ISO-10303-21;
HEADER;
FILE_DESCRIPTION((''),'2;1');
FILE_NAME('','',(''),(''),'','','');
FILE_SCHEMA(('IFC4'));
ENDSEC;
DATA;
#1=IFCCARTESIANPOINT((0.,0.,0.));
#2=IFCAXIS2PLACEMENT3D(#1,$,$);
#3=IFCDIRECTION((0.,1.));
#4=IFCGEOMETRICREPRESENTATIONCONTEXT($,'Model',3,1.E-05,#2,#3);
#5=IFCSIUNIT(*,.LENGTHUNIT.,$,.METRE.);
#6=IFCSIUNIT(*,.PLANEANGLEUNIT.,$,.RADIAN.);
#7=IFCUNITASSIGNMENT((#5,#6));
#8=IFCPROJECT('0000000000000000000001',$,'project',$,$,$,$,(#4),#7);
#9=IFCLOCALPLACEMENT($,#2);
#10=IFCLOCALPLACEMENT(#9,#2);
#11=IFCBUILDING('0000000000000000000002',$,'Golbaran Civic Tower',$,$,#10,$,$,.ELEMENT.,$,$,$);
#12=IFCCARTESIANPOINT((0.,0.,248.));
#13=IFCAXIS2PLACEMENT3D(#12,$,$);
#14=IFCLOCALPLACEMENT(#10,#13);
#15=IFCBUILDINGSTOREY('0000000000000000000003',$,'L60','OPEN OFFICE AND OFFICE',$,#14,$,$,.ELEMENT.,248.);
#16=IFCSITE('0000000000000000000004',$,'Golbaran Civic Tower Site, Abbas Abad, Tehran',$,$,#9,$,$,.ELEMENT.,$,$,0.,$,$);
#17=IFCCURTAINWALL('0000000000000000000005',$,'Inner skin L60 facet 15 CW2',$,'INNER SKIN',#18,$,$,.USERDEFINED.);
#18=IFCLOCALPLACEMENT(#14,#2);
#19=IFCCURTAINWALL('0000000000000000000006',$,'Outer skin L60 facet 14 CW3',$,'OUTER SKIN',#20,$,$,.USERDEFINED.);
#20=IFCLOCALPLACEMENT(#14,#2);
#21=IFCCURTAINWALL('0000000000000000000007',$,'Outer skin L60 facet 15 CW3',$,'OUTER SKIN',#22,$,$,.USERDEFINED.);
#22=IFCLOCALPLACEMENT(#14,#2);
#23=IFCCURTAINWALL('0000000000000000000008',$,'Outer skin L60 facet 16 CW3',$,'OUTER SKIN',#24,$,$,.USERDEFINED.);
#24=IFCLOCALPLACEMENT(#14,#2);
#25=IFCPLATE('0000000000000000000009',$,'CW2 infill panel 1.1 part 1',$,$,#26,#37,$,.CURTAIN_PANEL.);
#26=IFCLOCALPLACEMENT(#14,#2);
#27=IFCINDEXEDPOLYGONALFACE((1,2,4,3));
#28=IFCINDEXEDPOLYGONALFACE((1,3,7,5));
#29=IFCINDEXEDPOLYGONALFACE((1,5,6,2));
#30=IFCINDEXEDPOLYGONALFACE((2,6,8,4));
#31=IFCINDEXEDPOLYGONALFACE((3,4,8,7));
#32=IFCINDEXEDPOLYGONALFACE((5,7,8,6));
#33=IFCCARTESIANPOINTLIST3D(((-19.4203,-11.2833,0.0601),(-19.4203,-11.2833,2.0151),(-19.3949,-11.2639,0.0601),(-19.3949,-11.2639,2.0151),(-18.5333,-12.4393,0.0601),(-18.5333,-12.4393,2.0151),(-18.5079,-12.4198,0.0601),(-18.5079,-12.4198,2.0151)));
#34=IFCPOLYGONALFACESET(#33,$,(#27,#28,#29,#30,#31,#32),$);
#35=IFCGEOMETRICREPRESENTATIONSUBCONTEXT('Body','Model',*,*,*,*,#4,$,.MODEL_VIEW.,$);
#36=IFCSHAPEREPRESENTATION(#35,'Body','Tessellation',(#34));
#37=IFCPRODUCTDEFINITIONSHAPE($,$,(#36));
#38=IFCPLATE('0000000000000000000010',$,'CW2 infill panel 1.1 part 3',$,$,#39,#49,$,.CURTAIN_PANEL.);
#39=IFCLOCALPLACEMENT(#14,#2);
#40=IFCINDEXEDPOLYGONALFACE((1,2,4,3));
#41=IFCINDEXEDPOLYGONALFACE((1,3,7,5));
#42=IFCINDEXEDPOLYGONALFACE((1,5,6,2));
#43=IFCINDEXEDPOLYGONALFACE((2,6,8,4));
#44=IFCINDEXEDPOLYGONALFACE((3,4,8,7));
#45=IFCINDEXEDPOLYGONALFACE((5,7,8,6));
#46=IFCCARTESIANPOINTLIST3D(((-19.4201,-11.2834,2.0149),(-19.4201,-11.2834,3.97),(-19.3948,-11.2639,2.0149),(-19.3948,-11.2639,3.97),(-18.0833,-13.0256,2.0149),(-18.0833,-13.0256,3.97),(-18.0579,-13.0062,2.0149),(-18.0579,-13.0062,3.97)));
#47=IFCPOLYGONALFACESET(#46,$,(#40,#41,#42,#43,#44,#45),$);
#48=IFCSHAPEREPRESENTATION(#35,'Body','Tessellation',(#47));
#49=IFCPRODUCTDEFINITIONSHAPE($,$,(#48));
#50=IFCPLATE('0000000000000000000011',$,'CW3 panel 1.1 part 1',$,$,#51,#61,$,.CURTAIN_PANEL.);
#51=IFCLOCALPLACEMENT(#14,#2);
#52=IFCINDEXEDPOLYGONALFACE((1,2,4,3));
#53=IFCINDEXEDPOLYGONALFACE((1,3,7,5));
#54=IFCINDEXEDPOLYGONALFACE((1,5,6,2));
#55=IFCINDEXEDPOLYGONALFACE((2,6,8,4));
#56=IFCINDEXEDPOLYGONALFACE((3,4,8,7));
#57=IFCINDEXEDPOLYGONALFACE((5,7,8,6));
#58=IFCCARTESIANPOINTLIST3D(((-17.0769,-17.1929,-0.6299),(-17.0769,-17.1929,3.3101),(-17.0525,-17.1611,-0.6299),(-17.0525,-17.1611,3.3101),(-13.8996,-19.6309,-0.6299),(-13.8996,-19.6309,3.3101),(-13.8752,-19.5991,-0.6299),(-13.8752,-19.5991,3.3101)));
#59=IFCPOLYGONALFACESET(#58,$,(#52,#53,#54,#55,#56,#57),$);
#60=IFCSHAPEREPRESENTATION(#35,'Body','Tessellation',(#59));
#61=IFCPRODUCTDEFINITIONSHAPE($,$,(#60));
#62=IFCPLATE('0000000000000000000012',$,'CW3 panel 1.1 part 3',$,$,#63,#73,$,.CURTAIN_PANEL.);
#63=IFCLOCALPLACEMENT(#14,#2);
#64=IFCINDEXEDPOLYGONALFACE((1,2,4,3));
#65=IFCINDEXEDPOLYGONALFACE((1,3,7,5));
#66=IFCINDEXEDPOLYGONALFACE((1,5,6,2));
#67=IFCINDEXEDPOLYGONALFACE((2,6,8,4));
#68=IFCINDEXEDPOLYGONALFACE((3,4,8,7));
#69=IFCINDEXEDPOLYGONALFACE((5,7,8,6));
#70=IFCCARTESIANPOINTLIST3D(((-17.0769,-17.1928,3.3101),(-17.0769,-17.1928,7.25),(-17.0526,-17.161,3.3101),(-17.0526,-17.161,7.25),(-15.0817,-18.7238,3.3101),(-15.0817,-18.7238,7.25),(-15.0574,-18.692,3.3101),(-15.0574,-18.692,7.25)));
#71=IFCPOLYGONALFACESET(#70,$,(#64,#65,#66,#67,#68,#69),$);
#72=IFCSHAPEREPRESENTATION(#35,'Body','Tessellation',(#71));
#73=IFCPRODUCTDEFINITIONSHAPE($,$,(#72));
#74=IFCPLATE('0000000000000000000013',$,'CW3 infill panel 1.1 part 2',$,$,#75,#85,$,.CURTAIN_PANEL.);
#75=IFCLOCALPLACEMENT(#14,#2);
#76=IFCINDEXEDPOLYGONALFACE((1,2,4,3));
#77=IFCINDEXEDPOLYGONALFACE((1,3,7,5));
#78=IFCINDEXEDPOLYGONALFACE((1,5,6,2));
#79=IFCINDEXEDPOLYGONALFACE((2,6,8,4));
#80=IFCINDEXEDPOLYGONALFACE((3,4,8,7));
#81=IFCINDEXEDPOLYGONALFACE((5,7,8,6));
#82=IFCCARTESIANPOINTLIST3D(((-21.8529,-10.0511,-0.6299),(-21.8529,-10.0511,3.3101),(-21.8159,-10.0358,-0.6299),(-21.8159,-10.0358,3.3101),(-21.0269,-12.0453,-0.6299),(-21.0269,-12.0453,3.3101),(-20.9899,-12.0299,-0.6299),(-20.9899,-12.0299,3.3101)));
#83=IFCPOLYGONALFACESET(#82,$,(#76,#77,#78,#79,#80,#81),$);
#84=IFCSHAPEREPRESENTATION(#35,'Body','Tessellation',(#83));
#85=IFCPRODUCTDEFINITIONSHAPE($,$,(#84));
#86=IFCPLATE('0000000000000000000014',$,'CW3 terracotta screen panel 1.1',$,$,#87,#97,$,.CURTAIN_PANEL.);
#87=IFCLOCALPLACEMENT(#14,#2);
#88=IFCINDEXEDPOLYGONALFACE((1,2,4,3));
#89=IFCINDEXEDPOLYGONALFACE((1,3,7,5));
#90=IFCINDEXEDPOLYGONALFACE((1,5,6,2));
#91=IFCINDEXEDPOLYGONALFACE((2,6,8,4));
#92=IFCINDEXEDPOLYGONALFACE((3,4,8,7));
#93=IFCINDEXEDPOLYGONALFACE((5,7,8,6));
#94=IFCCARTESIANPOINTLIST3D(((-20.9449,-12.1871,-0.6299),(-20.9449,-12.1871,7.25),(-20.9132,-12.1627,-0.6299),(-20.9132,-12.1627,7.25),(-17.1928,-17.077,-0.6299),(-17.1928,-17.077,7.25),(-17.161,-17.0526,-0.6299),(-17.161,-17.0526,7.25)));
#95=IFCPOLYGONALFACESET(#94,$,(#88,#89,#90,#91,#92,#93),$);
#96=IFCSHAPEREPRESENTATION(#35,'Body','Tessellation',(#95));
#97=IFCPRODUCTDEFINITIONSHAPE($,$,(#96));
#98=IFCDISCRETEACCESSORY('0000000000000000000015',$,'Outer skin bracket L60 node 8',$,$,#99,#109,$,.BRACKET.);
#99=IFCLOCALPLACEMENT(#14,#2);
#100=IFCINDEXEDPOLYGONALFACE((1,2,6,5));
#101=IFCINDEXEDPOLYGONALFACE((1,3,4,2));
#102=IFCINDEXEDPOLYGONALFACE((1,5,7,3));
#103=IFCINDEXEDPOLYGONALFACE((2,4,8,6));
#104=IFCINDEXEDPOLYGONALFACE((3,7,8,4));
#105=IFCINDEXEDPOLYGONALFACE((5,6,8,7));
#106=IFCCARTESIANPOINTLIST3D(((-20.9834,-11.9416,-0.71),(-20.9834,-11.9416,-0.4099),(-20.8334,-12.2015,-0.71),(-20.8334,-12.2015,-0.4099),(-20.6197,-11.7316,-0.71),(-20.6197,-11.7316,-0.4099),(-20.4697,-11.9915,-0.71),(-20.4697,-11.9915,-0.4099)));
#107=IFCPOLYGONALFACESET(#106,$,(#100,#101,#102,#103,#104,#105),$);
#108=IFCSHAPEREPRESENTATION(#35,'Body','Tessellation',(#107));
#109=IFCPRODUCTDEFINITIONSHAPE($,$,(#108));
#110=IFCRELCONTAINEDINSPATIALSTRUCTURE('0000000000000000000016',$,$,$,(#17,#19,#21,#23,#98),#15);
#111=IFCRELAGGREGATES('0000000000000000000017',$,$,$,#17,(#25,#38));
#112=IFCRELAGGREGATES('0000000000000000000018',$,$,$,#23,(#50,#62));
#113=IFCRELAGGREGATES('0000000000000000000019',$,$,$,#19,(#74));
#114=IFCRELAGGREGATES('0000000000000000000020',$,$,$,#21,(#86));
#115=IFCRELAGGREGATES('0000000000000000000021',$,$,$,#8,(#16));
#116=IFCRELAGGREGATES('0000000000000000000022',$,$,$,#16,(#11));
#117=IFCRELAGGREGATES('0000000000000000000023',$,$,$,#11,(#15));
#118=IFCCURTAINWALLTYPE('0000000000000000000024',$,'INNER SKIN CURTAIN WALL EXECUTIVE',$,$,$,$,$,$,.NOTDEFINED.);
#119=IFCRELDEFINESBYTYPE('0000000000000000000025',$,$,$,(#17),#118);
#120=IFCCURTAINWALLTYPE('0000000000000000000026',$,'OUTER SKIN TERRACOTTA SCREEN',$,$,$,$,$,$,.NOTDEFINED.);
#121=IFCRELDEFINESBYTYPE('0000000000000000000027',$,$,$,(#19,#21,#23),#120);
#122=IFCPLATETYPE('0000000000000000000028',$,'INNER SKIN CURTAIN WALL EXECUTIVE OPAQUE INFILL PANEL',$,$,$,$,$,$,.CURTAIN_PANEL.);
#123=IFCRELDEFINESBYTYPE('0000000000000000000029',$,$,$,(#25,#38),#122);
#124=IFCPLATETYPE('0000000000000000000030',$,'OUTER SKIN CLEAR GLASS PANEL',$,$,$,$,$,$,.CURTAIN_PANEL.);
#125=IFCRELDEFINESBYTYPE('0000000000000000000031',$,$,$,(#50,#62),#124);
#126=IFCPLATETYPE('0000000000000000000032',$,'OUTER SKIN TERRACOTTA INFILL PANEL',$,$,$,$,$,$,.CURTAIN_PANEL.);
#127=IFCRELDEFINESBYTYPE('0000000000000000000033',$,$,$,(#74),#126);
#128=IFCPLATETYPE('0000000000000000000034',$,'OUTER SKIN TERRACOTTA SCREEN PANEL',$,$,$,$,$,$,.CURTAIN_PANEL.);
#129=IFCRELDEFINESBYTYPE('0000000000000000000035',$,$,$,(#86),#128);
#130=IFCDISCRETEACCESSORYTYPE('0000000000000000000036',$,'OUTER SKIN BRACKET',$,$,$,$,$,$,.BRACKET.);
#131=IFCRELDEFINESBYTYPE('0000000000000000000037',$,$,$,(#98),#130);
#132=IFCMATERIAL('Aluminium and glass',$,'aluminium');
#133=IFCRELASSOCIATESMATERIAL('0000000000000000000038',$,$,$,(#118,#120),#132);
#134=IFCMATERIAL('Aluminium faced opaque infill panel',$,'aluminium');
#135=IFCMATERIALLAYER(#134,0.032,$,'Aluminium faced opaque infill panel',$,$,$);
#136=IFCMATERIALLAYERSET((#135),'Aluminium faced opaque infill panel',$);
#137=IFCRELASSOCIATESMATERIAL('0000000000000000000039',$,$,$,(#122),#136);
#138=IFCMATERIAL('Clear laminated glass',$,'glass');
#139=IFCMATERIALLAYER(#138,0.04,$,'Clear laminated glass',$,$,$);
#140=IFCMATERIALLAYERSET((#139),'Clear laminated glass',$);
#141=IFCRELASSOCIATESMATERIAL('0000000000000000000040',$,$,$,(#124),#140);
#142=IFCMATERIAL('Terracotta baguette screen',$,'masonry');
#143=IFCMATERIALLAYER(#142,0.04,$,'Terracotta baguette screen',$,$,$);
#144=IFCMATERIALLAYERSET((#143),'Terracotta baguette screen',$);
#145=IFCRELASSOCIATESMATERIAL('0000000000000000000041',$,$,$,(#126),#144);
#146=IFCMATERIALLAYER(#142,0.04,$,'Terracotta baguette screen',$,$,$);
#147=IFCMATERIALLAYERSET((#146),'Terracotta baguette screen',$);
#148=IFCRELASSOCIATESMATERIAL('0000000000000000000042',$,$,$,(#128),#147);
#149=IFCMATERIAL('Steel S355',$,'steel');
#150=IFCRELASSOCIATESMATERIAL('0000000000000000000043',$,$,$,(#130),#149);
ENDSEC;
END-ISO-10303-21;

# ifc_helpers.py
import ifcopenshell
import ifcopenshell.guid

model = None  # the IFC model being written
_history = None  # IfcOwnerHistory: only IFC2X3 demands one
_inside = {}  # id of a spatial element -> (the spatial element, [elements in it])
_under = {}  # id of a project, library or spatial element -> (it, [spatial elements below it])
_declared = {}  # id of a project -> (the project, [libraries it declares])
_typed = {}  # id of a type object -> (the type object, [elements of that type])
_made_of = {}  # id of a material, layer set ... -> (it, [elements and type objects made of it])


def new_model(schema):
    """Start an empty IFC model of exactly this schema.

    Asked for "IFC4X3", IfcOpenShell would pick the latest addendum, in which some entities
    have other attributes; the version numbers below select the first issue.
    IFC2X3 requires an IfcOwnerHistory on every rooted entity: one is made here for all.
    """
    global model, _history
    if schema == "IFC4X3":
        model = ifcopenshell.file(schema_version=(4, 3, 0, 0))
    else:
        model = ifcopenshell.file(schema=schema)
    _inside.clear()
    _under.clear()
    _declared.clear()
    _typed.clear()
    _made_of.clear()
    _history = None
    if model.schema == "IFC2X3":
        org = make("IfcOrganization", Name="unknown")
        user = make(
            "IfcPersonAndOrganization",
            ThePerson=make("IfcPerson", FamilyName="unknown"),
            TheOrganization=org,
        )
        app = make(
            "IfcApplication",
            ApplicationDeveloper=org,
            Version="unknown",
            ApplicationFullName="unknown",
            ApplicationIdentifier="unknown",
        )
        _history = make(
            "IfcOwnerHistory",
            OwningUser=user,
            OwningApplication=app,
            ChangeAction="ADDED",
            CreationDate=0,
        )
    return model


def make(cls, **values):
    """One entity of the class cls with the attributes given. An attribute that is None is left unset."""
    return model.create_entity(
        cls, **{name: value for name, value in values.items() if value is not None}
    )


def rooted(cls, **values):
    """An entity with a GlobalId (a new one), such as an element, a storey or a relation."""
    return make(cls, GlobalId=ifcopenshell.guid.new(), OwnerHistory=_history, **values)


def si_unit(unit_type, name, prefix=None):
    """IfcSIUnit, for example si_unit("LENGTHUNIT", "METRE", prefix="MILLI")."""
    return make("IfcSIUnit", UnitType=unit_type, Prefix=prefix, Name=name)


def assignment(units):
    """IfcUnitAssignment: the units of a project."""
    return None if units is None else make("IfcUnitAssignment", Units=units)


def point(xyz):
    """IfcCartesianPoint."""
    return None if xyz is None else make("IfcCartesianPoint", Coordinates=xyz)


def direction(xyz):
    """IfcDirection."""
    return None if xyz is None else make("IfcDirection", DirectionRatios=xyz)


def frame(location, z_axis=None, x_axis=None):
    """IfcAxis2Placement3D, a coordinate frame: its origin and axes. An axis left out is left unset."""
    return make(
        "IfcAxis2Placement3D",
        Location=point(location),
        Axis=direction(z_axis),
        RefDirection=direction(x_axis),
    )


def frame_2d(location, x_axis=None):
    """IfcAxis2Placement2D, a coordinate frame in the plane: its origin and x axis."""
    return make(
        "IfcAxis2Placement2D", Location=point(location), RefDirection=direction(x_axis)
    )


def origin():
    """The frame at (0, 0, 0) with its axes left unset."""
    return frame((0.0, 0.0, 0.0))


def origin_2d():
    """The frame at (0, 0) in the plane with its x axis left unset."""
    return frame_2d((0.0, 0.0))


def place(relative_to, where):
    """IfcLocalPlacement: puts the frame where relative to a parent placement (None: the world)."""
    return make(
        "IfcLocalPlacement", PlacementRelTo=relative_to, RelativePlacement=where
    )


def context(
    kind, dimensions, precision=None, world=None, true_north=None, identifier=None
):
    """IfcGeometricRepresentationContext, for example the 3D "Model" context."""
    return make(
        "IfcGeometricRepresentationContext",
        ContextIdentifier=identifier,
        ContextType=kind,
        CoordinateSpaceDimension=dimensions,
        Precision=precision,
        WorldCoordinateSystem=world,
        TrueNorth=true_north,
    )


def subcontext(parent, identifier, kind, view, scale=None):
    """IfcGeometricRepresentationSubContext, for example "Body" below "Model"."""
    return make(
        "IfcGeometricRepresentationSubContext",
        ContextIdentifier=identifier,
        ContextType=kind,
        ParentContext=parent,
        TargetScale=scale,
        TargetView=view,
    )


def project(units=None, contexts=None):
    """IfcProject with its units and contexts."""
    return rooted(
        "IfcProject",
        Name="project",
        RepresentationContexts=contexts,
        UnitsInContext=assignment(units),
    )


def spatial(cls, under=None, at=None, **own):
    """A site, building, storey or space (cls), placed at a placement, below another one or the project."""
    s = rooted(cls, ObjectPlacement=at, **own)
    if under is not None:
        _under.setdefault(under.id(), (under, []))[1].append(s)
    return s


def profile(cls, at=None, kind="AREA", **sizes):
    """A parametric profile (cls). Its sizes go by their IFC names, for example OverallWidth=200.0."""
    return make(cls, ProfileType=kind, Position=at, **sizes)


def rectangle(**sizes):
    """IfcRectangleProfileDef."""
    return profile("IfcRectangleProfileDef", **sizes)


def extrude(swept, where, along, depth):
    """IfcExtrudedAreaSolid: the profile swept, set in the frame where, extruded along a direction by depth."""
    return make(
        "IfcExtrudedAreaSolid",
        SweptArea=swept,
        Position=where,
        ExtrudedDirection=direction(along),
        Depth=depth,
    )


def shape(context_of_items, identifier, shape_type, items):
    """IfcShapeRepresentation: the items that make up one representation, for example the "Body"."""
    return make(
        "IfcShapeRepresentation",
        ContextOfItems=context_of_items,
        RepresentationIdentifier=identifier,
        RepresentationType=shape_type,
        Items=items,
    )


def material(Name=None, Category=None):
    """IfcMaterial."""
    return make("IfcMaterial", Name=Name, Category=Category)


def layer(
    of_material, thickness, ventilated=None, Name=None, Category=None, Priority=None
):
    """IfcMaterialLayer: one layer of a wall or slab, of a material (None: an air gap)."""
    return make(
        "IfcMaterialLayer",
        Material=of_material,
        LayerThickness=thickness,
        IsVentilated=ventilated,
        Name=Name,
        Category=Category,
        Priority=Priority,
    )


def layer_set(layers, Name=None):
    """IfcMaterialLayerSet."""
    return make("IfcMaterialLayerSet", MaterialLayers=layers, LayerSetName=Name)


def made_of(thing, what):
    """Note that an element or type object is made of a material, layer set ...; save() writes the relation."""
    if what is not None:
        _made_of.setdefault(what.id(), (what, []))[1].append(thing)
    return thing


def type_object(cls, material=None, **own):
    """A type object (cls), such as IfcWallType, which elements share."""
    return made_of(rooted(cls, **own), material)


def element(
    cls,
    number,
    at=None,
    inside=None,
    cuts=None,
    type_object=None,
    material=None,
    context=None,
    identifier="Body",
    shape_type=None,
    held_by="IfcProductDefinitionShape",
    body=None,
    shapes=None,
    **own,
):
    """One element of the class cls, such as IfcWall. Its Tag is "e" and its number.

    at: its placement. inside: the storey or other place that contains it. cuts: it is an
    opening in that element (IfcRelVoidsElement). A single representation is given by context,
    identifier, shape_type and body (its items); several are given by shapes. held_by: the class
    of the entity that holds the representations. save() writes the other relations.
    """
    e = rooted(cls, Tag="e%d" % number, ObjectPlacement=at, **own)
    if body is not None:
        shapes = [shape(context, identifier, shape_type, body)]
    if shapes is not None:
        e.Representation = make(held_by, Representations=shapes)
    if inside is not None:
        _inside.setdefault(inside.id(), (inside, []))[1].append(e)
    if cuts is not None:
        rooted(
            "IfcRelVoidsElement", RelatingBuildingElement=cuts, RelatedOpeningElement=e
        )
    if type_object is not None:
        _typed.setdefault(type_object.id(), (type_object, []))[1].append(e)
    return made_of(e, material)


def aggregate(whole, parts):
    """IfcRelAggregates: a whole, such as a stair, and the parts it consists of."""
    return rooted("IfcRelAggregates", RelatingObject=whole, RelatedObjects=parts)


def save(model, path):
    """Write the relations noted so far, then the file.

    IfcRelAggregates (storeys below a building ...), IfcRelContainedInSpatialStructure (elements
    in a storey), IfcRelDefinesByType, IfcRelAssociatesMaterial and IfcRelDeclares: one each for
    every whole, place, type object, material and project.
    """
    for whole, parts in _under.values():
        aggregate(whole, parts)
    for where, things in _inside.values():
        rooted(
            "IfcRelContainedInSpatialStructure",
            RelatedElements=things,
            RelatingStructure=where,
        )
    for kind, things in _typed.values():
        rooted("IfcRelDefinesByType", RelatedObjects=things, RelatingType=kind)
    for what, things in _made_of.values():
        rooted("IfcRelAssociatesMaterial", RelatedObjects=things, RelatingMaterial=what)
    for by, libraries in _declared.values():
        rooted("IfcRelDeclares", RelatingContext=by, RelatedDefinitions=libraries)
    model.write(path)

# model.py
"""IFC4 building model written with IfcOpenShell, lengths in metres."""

from ifc_helpers import new_model, si_unit, direction, frame, origin, origin_2d, place, context, subcontext, project, spatial, rectangle, extrude, material, layer, layer_set, type_object, element, aggregate, save


model = new_model("IFC4")

# Units and contexts
model_context = context("Model", 3, precision=1e-05, world=origin(), true_north=direction((0.0, 1.0)))
body_context = subcontext(model_context, "Body", "Model", "MODEL_VIEW")
ifc_project = project(units=[si_unit("LENGTHUNIT", "METRE"), si_unit("PLANEANGLEUNIT", "RADIAN")], contexts=[model_context])

# Site, building, storey
site_placement = place(None, origin())
site = spatial("IfcSite", under=ifc_project, at=site_placement, Name="Golbaran Civic Tower Site, Abbas Abad, Tehran", CompositionType="ELEMENT", RefElevation=0.0)
building_placement = place(site_placement, origin())
building = spatial("IfcBuilding", under=site, at=building_placement, Name="Golbaran Civic Tower", CompositionType="ELEMENT")
storey_placement = place(building_placement, frame((0.0, 0.0, 248.0)))
storey = spatial("IfcBuildingStorey", under=building, at=storey_placement, Name="L60", Description="OPEN OFFICE AND OFFICE", CompositionType="ELEMENT", Elevation=248.0)

# Shared definitions
ifc_material_1 = material(Name="Steel S355", Category="steel")

# Shared definitions
ifc_material_2 = material(Name="Aluminium and glass", Category="aluminium")
curtain_wall_type_1 = type_object("IfcCurtainWallType", Name="INNER SKIN CURTAIN WALL EXECUTIVE", PredefinedType="NOTDEFINED", material=ifc_material_2)

# Curtain wall
curtain_wall_1_placement = place(storey_placement, origin())
curtain_wall_1 = element("IfcCurtainWall", 1, at=curtain_wall_1_placement, inside=storey, type_object=curtain_wall_type_1, Name="Inner skin L60 facet 15 CW2", ObjectType="INNER SKIN", PredefinedType="USERDEFINED")

# Curtain wall
curtain_wall_type_2 = type_object("IfcCurtainWallType", Name="OUTER SKIN TERRACOTTA SCREEN", PredefinedType="NOTDEFINED", material=ifc_material_2)
curtain_wall_2_placement = place(storey_placement, origin())
curtain_wall_2 = element("IfcCurtainWall", 2, at=curtain_wall_2_placement, inside=storey, type_object=curtain_wall_type_2, Name="Outer skin L60 facet 14 CW3", ObjectType="OUTER SKIN", PredefinedType="USERDEFINED")

# Curtain wall
curtain_wall_3_placement = place(storey_placement, origin())
curtain_wall_3 = element("IfcCurtainWall", 3, at=curtain_wall_3_placement, inside=storey, type_object=curtain_wall_type_2, Name="Outer skin L60 facet 15 CW3", ObjectType="OUTER SKIN", PredefinedType="USERDEFINED")

# Curtain wall
curtain_wall_4_placement = place(storey_placement, origin())
curtain_wall_4 = element("IfcCurtainWall", 4, at=curtain_wall_4_placement, inside=storey, type_object=curtain_wall_type_2, Name="Outer skin L60 facet 16 CW3", ObjectType="OUTER SKIN", PredefinedType="USERDEFINED")

# Plates
ifc_material_3 = material(Name="Aluminium faced opaque infill panel", Category="aluminium")
ifc_layer_1 = layer(ifc_material_3, 0.032, Name="Aluminium faced opaque infill panel")
ifc_layer_set_1 = layer_set([ifc_layer_1], Name="Aluminium faced opaque infill panel")
plate_type_1 = type_object("IfcPlateType", Name="INNER SKIN CURTAIN WALL EXECUTIVE OPAQUE INFILL PANEL", PredefinedType="CURTAIN_PANEL", material=ifc_layer_set_1)
plate_1_placement = place(storey_placement, frame((-18.9641, -11.8516, 0.0601), z_axis=(0.0, 0.0, 1.0), x_axis=(0.608761, -0.793353, 0.0)))
plate_1 = element("IfcPlate", 5, at=plate_1_placement, type_object=plate_type_1, Name="CW2 infill panel 1.1 part 1", PredefinedType="CURTAIN_PANEL", context=body_context, shape_type="SweptSolid", body=[
    extrude(rectangle(XDim=1.457, YDim=0.032, at=origin_2d()), origin(), (0.0, 0.0, 1.0), 1.9551),
])
plate_2_placement = place(storey_placement, frame((-18.739, -12.1448, 2.0149), z_axis=(0.0, 0.0, 1.0), x_axis=(0.608761, -0.793353, 0.0)))
plate_2 = element("IfcPlate", 6, at=plate_2_placement, type_object=plate_type_1, Name="CW2 infill panel 1.1 part 3", PredefinedType="CURTAIN_PANEL", context=body_context, shape_type="SweptSolid", body=[
    extrude(rectangle(XDim=2.196, YDim=0.032, at=origin_2d()), origin(), (0.0, 0.0, 1.0), 1.9551),
])
aggregate(curtain_wall_1, [plate_1, plate_2])
ifc_material_4 = material(Name="Clear laminated glass", Category="glass")
ifc_layer_2 = layer(ifc_material_4, 0.04, Name="Clear laminated glass")
ifc_layer_set_2 = layer_set([ifc_layer_2], Name="Clear laminated glass")
plate_type_2 = type_object("IfcPlateType", Name="OUTER SKIN CLEAR GLASS PANEL", PredefinedType="CURTAIN_PANEL", material=ifc_layer_set_2)
plate_3_placement = place(storey_placement, frame((-15.4761, -18.396, -0.6299), z_axis=(0.0, 0.0, 1.0), x_axis=(0.793353, -0.608761, 0.0)))
plate_3 = element("IfcPlate", 7, at=plate_3_placement, type_object=plate_type_2, Name="CW3 panel 1.1 part 1", PredefinedType="CURTAIN_PANEL", context=body_context, shape_type="SweptSolid", body=[
    extrude(rectangle(XDim=4.0049, YDim=0.04, at=origin_2d()), origin(), (0.0, 0.0, 1.0), 3.9399),
])
plate_4_placement = place(storey_placement, frame((-16.0671, -17.9424, 3.3101), z_axis=(0.0, 0.0, 1.0), x_axis=(0.793353, -0.608761, 0.0)))
plate_4 = element("IfcPlate", 8, at=plate_4_placement, type_object=plate_type_2, Name="CW3 panel 1.1 part 3", PredefinedType="CURTAIN_PANEL", context=body_context, shape_type="SweptSolid", body=[
    extrude(rectangle(XDim=2.5149, YDim=0.04, at=origin_2d()), origin(), (0.0, 0.0, 1.0), 3.9399),
])
aggregate(curtain_wall_4, [plate_3, plate_4])
ifc_material_5 = material(Name="Terracotta baguette screen", Category="masonry")
ifc_layer_3 = layer(ifc_material_5, 0.04, Name="Terracotta baguette screen")
ifc_layer_set_3 = layer_set([ifc_layer_3], Name="Terracotta baguette screen")
plate_type_3 = type_object("IfcPlateType", Name="OUTER SKIN TERRACOTTA INFILL PANEL", PredefinedType="CURTAIN_PANEL", material=ifc_layer_set_3)
plate_5_placement = place(storey_placement, frame((-21.4214, -11.0405, -0.6299), z_axis=(0.0, 0.0, 1.0), x_axis=(0.382683, -0.92388, 0.0)))
plate_5 = element("IfcPlate", 9, at=plate_5_placement, type_object=plate_type_3, Name="CW3 infill panel 1.1 part 2", PredefinedType="CURTAIN_PANEL", context=body_context, shape_type="SweptSolid", body=[
    extrude(rectangle(XDim=2.1584, YDim=0.04, at=origin_2d()), origin(), (0.0, 0.0, 1.0), 3.9399),
])
aggregate(curtain_wall_2, [plate_5])
ifc_layer_4 = layer(ifc_material_5, 0.04, Name="Terracotta baguette screen")
ifc_layer_set_4 = layer_set([ifc_layer_4], Name="Terracotta baguette screen")
plate_type_4 = type_object("IfcPlateType", Name="OUTER SKIN TERRACOTTA SCREEN PANEL", PredefinedType="CURTAIN_PANEL", material=ifc_layer_set_4)
plate_6_placement = place(storey_placement, frame((-19.053, -14.6199, -0.6299), z_axis=(0.0, 0.0, 1.0), x_axis=(0.608761, -0.793353, 0.0)))
plate_6 = element("IfcPlate", 10, at=plate_6_placement, type_object=plate_type_4, Name="CW3 terracotta screen panel 1.1", PredefinedType="CURTAIN_PANEL", context=body_context, shape_type="SweptSolid", body=[
    extrude(rectangle(XDim=6.1636, YDim=0.04, at=origin_2d()), origin(), (0.0, 0.0, 1.0), 7.8799),
])
aggregate(curtain_wall_3, [plate_6])

# Discrete accessory
discrete_accessory_type = type_object("IfcDiscreteAccessoryType", Name="OUTER SKIN BRACKET", PredefinedType="BRACKET", material=ifc_material_1)
discrete_accessory_placement = place(storey_placement, frame((-20.7266, -11.9666, -0.71), z_axis=(0.0, 0.0, 1.0), x_axis=(-0.866025, -0.5, 0.0)))
element("IfcDiscreteAccessory", 11, at=discrete_accessory_placement, inside=storey, type_object=discrete_accessory_type, Name="Outer skin bracket L60 node 8", PredefinedType="BRACKET", context=body_context, shape_type="SweptSolid", body=[
    extrude(rectangle(XDim=0.4199, YDim=0.3, at=origin_2d()), origin(), (0.0, 0.0, 1.0), 0.3),
])

save(model, "model.ifc")
